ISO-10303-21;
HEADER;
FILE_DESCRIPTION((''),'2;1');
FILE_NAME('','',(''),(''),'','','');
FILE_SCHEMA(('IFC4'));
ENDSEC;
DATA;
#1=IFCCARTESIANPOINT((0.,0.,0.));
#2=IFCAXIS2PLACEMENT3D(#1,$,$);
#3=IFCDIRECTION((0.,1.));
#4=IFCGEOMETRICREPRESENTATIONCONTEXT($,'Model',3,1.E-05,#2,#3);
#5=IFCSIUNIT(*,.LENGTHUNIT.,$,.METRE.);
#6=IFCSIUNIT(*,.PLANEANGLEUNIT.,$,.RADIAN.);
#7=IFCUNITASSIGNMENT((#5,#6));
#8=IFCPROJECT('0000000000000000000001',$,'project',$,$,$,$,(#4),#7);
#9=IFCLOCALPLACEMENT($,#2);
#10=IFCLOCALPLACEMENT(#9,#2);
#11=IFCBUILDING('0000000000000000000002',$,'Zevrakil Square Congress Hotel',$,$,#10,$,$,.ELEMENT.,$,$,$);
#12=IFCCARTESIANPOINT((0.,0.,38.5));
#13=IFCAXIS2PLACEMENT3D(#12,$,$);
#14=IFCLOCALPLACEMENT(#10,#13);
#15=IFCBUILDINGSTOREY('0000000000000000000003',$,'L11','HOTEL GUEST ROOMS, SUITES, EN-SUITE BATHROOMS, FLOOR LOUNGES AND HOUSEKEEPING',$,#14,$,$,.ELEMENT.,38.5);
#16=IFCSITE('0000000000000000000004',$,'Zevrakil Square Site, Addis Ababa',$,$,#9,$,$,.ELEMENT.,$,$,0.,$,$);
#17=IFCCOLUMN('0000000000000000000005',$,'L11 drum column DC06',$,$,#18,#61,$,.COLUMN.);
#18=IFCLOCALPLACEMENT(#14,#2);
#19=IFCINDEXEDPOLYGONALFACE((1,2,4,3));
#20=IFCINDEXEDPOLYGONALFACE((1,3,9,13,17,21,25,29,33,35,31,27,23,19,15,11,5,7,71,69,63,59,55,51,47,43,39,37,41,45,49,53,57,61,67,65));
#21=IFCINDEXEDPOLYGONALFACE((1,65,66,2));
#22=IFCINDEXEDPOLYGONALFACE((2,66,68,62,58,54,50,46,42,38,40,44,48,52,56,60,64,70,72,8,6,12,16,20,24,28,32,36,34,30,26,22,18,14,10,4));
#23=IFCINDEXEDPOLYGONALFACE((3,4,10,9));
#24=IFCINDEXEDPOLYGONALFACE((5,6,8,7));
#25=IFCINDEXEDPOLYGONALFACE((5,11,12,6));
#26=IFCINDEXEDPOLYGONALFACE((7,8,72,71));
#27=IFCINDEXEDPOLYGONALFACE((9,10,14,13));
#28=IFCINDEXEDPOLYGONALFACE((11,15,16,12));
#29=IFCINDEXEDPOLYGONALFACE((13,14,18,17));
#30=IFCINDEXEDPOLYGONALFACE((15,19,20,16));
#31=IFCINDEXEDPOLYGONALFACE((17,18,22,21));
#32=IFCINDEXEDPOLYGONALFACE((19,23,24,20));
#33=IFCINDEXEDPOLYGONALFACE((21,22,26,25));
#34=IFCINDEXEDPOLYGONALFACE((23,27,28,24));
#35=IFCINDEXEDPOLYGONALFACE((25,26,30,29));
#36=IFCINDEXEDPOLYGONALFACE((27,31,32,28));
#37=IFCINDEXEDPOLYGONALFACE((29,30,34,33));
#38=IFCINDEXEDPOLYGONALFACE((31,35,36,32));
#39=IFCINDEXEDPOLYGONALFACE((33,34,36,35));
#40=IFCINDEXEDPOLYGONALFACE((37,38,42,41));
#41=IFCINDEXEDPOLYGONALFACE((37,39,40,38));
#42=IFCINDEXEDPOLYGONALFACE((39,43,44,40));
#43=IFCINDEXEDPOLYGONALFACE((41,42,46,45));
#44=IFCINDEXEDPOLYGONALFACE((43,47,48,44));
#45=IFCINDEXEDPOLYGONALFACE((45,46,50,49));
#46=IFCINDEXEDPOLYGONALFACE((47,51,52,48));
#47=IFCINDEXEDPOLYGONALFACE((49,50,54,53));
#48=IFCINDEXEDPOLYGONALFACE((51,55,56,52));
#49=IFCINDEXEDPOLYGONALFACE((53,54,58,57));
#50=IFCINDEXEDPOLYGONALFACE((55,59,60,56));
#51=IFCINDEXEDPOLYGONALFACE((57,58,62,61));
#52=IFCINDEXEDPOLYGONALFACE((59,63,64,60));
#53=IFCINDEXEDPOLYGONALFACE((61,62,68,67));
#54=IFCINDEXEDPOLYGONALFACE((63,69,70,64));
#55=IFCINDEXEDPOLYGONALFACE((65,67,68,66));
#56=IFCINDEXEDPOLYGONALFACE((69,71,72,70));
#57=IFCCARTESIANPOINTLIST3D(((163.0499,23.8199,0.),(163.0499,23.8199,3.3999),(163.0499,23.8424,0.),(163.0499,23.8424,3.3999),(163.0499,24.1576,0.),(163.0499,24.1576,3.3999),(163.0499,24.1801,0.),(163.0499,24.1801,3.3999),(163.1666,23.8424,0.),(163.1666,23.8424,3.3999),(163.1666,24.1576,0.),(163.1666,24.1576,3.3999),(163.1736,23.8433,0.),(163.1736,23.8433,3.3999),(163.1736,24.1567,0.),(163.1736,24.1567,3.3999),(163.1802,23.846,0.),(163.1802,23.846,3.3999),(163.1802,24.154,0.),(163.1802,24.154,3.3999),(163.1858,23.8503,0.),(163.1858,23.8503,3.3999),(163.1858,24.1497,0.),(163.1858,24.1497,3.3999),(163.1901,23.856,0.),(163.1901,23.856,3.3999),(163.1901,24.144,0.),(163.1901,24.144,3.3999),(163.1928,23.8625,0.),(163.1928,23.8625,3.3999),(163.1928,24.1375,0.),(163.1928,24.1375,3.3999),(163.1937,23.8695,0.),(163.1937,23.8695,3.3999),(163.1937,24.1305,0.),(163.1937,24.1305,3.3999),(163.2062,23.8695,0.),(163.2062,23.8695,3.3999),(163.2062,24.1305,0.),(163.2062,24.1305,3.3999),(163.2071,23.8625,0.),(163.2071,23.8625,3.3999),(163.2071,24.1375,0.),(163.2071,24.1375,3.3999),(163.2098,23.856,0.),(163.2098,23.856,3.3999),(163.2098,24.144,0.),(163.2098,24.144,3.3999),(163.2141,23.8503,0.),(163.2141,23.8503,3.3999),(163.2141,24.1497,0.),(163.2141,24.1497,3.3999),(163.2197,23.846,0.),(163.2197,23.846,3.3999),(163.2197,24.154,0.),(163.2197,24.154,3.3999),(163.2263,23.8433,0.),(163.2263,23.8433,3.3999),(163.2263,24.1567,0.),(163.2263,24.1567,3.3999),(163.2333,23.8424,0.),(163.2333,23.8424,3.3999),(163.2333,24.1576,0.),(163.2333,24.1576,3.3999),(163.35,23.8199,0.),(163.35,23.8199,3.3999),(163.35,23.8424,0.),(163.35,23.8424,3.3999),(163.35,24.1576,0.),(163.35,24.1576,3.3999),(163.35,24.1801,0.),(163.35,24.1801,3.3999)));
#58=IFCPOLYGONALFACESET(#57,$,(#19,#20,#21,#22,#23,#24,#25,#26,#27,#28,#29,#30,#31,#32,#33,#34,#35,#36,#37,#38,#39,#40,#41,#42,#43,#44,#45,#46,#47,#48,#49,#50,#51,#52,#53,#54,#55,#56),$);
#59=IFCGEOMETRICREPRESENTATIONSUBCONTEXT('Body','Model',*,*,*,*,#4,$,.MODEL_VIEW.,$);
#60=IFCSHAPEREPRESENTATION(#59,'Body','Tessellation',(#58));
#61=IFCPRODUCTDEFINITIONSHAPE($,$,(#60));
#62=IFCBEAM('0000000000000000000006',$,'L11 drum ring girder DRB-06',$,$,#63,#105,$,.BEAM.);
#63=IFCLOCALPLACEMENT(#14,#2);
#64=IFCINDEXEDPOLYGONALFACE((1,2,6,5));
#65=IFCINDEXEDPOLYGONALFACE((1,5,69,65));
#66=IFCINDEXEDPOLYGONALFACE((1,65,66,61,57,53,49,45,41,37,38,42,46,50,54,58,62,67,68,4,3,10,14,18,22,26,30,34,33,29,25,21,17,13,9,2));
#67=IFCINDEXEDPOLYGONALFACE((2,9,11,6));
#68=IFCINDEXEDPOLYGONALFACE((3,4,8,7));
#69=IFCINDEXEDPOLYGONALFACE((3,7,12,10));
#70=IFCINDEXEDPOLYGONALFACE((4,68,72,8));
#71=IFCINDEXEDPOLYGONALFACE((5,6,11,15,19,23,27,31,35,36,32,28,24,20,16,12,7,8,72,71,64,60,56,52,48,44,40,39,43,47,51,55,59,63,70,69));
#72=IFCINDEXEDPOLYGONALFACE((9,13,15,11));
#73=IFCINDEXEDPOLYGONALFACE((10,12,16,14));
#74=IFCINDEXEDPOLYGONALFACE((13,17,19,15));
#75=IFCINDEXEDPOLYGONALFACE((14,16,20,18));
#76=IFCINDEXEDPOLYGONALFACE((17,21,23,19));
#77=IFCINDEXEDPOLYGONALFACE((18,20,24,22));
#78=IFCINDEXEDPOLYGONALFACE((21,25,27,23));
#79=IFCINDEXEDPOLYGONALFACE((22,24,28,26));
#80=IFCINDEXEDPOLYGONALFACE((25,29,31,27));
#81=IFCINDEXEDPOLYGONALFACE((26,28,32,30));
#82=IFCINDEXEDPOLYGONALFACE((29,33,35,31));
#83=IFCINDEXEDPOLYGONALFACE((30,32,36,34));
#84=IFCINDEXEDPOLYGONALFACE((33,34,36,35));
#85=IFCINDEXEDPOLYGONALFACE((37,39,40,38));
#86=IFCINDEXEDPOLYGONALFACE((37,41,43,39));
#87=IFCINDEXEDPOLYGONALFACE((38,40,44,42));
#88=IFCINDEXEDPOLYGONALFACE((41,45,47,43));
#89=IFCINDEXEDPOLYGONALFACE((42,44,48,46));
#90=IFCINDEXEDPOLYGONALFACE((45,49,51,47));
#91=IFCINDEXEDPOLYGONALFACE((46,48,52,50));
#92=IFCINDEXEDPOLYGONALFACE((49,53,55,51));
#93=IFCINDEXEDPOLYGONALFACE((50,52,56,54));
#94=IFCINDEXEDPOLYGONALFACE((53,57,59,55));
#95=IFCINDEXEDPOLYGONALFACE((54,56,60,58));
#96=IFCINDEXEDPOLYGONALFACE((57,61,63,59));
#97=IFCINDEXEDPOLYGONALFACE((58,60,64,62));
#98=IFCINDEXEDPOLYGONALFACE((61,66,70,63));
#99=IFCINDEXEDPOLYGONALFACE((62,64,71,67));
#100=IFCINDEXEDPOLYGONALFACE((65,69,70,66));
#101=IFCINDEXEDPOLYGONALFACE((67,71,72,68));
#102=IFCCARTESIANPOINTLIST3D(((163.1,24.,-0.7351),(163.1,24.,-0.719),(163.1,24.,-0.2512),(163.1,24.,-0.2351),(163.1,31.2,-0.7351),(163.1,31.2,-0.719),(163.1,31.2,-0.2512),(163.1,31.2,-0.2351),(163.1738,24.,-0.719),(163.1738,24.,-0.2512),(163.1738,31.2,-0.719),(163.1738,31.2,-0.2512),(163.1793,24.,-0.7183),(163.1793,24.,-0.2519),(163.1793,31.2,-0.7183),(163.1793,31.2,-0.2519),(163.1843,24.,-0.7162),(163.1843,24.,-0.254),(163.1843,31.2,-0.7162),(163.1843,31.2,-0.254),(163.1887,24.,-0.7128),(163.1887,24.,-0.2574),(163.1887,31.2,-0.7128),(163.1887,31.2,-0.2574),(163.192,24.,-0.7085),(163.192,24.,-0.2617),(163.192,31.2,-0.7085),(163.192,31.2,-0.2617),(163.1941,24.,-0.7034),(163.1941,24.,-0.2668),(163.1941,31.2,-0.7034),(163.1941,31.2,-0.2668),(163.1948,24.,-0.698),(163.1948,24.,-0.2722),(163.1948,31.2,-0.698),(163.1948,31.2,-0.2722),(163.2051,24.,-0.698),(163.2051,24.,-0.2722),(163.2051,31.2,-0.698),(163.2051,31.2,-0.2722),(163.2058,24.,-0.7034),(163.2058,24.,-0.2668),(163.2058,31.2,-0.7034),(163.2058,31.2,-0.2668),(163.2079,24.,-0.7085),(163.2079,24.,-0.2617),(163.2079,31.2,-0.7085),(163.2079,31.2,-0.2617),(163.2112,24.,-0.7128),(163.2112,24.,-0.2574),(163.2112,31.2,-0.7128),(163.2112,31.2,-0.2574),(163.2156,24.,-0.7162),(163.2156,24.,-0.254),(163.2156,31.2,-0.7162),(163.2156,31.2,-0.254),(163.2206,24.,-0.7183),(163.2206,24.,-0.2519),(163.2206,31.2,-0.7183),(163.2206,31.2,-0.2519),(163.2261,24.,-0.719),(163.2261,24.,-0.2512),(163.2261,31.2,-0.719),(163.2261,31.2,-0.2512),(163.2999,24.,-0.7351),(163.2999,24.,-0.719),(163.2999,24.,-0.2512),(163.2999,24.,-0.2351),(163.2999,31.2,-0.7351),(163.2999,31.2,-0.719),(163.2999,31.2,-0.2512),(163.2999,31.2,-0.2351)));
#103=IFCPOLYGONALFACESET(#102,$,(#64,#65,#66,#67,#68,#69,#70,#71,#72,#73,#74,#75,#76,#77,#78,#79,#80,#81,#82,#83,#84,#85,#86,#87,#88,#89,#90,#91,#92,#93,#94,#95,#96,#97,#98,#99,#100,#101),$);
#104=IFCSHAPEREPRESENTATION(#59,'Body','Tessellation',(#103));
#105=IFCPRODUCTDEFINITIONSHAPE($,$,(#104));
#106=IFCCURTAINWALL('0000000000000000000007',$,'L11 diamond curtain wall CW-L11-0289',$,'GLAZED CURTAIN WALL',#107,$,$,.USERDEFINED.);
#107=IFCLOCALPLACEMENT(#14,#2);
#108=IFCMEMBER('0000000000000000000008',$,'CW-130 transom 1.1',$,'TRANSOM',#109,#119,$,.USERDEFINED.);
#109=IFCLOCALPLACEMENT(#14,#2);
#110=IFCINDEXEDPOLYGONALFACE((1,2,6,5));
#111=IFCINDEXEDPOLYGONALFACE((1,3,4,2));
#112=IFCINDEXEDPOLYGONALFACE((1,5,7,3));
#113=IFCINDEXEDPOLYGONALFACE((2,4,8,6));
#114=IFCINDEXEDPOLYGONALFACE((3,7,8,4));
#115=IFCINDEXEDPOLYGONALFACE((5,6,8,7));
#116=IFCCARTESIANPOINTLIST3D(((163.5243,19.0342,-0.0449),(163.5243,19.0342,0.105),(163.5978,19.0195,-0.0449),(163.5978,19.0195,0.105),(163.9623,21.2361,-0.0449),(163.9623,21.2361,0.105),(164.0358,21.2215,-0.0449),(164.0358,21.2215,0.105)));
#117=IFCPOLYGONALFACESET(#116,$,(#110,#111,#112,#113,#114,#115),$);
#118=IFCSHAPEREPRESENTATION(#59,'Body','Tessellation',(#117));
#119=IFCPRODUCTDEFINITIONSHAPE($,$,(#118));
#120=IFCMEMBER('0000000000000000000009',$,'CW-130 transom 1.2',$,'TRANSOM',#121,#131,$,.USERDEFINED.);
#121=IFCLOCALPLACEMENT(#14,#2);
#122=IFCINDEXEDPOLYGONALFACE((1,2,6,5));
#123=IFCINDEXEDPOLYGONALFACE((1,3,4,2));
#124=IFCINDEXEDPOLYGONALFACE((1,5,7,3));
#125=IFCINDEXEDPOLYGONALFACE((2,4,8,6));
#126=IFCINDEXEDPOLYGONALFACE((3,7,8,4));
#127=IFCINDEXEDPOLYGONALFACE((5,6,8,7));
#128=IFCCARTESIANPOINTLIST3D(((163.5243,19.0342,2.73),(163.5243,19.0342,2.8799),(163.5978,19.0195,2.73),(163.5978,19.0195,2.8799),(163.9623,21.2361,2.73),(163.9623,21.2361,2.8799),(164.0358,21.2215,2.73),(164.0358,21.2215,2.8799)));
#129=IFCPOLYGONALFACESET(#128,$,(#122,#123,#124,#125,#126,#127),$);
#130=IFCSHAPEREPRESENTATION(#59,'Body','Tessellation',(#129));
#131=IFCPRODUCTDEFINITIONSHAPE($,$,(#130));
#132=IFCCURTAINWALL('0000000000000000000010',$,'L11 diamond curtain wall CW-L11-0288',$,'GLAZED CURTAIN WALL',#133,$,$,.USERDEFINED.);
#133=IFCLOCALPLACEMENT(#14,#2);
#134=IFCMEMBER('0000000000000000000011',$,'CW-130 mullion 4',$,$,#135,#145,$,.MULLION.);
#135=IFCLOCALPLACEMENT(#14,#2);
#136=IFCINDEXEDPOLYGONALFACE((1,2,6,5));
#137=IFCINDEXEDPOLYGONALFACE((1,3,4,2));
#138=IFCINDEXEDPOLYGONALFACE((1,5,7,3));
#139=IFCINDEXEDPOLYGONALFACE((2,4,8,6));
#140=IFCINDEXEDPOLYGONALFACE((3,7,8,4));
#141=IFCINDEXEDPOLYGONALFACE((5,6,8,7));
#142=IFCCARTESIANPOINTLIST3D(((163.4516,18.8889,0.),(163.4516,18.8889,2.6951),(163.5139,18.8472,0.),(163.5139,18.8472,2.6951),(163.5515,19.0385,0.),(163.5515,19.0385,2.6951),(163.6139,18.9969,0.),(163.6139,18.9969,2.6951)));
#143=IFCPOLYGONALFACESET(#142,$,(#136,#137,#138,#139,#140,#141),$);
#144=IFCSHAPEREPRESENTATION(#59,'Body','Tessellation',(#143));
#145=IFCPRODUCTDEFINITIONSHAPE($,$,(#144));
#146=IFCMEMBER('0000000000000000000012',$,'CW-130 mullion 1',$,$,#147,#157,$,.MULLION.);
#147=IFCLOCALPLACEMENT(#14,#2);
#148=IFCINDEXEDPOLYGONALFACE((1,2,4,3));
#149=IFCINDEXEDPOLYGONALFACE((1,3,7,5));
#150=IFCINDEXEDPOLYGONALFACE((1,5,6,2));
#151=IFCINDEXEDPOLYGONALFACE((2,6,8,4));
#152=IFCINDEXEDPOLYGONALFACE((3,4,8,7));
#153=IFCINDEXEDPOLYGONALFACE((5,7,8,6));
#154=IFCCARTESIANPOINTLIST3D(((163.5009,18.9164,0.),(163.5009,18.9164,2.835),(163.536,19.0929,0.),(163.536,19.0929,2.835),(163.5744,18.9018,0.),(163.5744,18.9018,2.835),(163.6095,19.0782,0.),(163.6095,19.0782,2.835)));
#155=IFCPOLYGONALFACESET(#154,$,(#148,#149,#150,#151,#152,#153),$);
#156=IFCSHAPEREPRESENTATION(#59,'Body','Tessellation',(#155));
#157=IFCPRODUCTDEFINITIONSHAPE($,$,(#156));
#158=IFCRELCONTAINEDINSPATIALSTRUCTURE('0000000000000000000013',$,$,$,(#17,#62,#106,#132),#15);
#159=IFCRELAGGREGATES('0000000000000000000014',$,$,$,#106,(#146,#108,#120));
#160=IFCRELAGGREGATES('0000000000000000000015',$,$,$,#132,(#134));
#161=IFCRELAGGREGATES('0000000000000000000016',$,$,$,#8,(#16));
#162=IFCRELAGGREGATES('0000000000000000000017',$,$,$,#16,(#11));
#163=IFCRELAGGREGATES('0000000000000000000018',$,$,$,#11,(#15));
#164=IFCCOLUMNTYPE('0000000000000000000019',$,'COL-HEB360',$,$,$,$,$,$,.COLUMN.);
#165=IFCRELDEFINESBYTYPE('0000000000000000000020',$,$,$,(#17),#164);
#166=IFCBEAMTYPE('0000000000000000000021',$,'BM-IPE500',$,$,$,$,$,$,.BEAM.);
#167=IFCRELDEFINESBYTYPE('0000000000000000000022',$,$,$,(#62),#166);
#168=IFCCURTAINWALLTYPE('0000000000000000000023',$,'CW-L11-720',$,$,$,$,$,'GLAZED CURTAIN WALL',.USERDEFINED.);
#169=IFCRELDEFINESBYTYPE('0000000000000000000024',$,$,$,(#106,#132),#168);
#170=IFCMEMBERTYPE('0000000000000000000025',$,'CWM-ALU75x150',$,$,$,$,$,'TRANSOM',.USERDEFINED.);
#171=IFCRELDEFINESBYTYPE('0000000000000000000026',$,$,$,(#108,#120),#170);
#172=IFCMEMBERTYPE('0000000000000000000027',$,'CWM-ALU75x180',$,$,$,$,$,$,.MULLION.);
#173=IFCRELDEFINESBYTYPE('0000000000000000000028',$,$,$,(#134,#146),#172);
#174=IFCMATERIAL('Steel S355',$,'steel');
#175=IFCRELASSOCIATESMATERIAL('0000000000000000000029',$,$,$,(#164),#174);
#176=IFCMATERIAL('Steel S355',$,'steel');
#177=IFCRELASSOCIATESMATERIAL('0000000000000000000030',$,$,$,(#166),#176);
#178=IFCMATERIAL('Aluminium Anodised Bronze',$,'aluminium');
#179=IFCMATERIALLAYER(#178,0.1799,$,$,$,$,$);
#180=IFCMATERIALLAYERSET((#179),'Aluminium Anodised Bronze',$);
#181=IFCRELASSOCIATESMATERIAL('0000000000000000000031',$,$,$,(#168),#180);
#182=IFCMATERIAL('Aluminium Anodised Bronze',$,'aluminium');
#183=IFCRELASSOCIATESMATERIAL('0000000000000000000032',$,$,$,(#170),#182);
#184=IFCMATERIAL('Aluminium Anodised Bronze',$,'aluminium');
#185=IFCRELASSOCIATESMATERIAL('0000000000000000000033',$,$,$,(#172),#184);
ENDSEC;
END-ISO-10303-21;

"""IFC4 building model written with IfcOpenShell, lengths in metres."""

from ifc_helpers import new_model, si_unit, direction, frame, origin, origin_2d, place, context, subcontext, project, spatial, rectangle, i_section, extrude, material, layer, layer_set, material_profile, profile_set, type_object, element, aggregate, save


model = new_model("IFC4")

# Units and contexts
model_context = context("Model", 3, precision=1e-05, world=origin(), true_north=direction((0.0, 1.0)))
body_context = subcontext(model_context, "Body", "Model", "MODEL_VIEW")
ifc_project = project(units=[si_unit("LENGTHUNIT", "METRE"), si_unit("PLANEANGLEUNIT", "RADIAN")], contexts=[model_context])

# Site, building, storey
site_placement = place(None, origin())
site = spatial("IfcSite", under=ifc_project, at=site_placement, Name="Zevrakil Square Site, Addis Ababa", CompositionType="ELEMENT", RefElevation=0.0)
building_placement = place(site_placement, origin())
building = spatial("IfcBuilding", under=site, at=building_placement, Name="Zevrakil Square Congress Hotel", CompositionType="ELEMENT")
storey_placement = place(building_placement, frame((0.0, 0.0, 38.5)))
storey = spatial("IfcBuildingStorey", under=building, at=storey_placement, Name="L11", Description="HOTEL GUEST ROOMS, SUITES, EN-SUITE BATHROOMS, FLOOR LOUNGES AND HOUSEKEEPING", CompositionType="ELEMENT", Elevation=38.5)

# Column
ifc_material_1 = material(Name="Steel S355", Category="steel")
ifc_material_profile_1 = material_profile(ifc_material_1, i_section(OverallWidth=0.3, OverallDepth=0.3601, WebThickness=0.0125, FlangeThickness=0.0225, FilletRadius=0.0271, at=origin_2d()), Name="HEB 360")
ifc_profile_set_1 = profile_set([ifc_material_profile_1], Name="Steel S355")
column_type = type_object("IfcColumnType", Name="COL-HEB360", PredefinedType="COLUMN", material=ifc_profile_set_1)
column_placement = place(storey_placement, frame((163.2, 24.0, 0.0), z_axis=(0.0, 0.0, 1.0), x_axis=(1.0, 0.0, 0.0)))
element("IfcColumn", 1, at=column_placement, inside=storey, type_object=column_type, Name="L11 drum column DC06", PredefinedType="COLUMN", context=body_context, shape_type="SweptSolid", body=[
    extrude(i_section(OverallWidth=0.3, OverallDepth=0.3601, WebThickness=0.0125, FlangeThickness=0.0225, FilletRadius=0.0271, at=origin_2d()), origin(), (0.0, 0.0, 1.0), 3.3999),
])

# Beam
ifc_material_2 = material(Name="Steel S355", Category="steel")
ifc_material_profile_2 = material_profile(ifc_material_2, i_section(OverallWidth=0.2, OverallDepth=0.5, WebThickness=0.0103, FlangeThickness=0.0161, FilletRadius=0.021, at=origin_2d()), Name="IPE 500")
ifc_profile_set_2 = profile_set([ifc_material_profile_2], Name="Steel S355")
beam_type_1 = type_object("IfcBeamType", Name="BM-IPE500", PredefinedType="BEAM", material=ifc_profile_set_2)
beam_1_placement = place(storey_placement, frame((163.2, 24.0, -0.4851), z_axis=(0.0, 1.0, 0.0), x_axis=(-1.0, 0.0, 0.0)))
element("IfcBeam", 2, at=beam_1_placement, inside=storey, type_object=beam_type_1, Name="L11 drum ring girder DRB-06", PredefinedType="BEAM", context=body_context, shape_type="SweptSolid", body=[
    extrude(i_section(OverallWidth=0.2, OverallDepth=0.5, WebThickness=0.0103, FlangeThickness=0.0161, FilletRadius=0.021, at=origin_2d()), origin(), (0.0, 0.0, 1.0), 7.2),
])

# Curtain wall, members
ifc_material_3 = material(Name="Aluminium Anodised Bronze", Category="aluminium")
ifc_layer_1 = layer(ifc_material_3, 0.1799)
ifc_layer_set_1 = layer_set([ifc_layer_1], Name="Aluminium Anodised Bronze")
curtain_wall_type = type_object("IfcCurtainWallType", Name="CW-L11-720", ElementType="GLAZED CURTAIN WALL", PredefinedType="USERDEFINED", material=ifc_layer_set_1)
curtain_wall_1_placement = place(storey_placement, origin())
curtain_wall_1 = element("IfcCurtainWall", 3, at=curtain_wall_1_placement, inside=storey, type_object=curtain_wall_type, Name="L11 diamond curtain wall CW-L11-0289", ObjectType="GLAZED CURTAIN WALL", PredefinedType="USERDEFINED")
ifc_material_4 = material(Name="Aluminium Anodised Bronze", Category="aluminium")
ifc_material_profile_3 = material_profile(ifc_material_4, rectangle(XDim=0.075, YDim=0.1499, at=origin_2d()), Name="ALU 75x150")
ifc_profile_set_3 = profile_set([ifc_material_profile_3], Name="Aluminium Anodised Bronze")
member_type_1 = type_object("IfcMemberType", Name="CWM-ALU75x150", ElementType="TRANSOM", PredefinedType="USERDEFINED", material=ifc_profile_set_3)
member_1_placement = place(storey_placement, frame((163.561, 19.0269, 0.03), z_axis=(0.195091, 0.980785, 0.0), x_axis=(-0.980785, 0.195091, 0.0)))
member_1 = element("IfcMember", 4, at=member_1_placement, type_object=member_type_1, Name="CW-130 transom 1.1", ObjectType="TRANSOM", PredefinedType="USERDEFINED", context=body_context, shape_type="SweptSolid", body=[
    extrude(rectangle(XDim=0.075, YDim=0.1499, at=origin_2d()), origin(), (0.0, 0.0, 1.0), 2.2451),
])
member_2_placement = place(storey_placement, frame((163.561, 19.0269, 2.8049), z_axis=(0.195091, 0.980785, 0.0), x_axis=(-0.980785, 0.195091, 0.0)))
member_2 = element("IfcMember", 5, at=member_2_placement, type_object=member_type_1, Name="CW-130 transom 1.2", ObjectType="TRANSOM", PredefinedType="USERDEFINED", context=body_context, shape_type="SweptSolid", body=[
    extrude(rectangle(XDim=0.075, YDim=0.1499, at=origin_2d()), origin(), (0.0, 0.0, 1.0), 2.2451),
])

# Curtain wall, member
curtain_wall_2_placement = place(storey_placement, origin())
curtain_wall_2 = element("IfcCurtainWall", 6, at=curtain_wall_2_placement, inside=storey, type_object=curtain_wall_type, Name="L11 diamond curtain wall CW-L11-0288", ObjectType="GLAZED CURTAIN WALL", PredefinedType="USERDEFINED")
ifc_material_5 = material(Name="Aluminium Anodised Bronze", Category="aluminium")
ifc_material_profile_4 = material_profile(ifc_material_5, rectangle(XDim=0.075, YDim=0.1799, at=origin_2d()), Name="ALU 75x180")
ifc_profile_set_4 = profile_set([ifc_material_profile_4], Name="Aluminium Anodised Bronze")
member_type_2 = type_object("IfcMemberType", Name="CWM-ALU75x180", PredefinedType="MULLION", material=ifc_profile_set_4)
member_3_placement = place(storey_placement, frame((163.5327, 18.9429, 0.0), z_axis=(0.0, 0.0, 1.0), x_axis=(-0.831466, 0.555576, 0.0)))
member_3 = element("IfcMember", 7, at=member_3_placement, type_object=member_type_2, Name="CW-130 mullion 4", PredefinedType="MULLION", context=body_context, shape_type="SweptSolid", body=[
    extrude(rectangle(XDim=0.075, YDim=0.1799, at=origin_2d()), origin(), (0.0, 0.0, 1.0), 2.6951),
])

# Member
member_4_placement = place(storey_placement, frame((163.5552, 18.9973, 0.0), z_axis=(0.0, 0.0, 1.0), x_axis=(-0.980787, 0.195084, 0.0)))
member_4 = element("IfcMember", 8, at=member_4_placement, type_object=member_type_2, Name="CW-130 mullion 1", PredefinedType="MULLION", context=body_context, shape_type="SweptSolid", body=[
    extrude(rectangle(XDim=0.075, YDim=0.1799, at=origin_2d()), origin(), (0.0, 0.0, 1.0), 2.835),
])
aggregate(curtain_wall_1, [member_4, member_1, member_2])

aggregate(curtain_wall_2, [member_3])

save(model, "model.ifc")
